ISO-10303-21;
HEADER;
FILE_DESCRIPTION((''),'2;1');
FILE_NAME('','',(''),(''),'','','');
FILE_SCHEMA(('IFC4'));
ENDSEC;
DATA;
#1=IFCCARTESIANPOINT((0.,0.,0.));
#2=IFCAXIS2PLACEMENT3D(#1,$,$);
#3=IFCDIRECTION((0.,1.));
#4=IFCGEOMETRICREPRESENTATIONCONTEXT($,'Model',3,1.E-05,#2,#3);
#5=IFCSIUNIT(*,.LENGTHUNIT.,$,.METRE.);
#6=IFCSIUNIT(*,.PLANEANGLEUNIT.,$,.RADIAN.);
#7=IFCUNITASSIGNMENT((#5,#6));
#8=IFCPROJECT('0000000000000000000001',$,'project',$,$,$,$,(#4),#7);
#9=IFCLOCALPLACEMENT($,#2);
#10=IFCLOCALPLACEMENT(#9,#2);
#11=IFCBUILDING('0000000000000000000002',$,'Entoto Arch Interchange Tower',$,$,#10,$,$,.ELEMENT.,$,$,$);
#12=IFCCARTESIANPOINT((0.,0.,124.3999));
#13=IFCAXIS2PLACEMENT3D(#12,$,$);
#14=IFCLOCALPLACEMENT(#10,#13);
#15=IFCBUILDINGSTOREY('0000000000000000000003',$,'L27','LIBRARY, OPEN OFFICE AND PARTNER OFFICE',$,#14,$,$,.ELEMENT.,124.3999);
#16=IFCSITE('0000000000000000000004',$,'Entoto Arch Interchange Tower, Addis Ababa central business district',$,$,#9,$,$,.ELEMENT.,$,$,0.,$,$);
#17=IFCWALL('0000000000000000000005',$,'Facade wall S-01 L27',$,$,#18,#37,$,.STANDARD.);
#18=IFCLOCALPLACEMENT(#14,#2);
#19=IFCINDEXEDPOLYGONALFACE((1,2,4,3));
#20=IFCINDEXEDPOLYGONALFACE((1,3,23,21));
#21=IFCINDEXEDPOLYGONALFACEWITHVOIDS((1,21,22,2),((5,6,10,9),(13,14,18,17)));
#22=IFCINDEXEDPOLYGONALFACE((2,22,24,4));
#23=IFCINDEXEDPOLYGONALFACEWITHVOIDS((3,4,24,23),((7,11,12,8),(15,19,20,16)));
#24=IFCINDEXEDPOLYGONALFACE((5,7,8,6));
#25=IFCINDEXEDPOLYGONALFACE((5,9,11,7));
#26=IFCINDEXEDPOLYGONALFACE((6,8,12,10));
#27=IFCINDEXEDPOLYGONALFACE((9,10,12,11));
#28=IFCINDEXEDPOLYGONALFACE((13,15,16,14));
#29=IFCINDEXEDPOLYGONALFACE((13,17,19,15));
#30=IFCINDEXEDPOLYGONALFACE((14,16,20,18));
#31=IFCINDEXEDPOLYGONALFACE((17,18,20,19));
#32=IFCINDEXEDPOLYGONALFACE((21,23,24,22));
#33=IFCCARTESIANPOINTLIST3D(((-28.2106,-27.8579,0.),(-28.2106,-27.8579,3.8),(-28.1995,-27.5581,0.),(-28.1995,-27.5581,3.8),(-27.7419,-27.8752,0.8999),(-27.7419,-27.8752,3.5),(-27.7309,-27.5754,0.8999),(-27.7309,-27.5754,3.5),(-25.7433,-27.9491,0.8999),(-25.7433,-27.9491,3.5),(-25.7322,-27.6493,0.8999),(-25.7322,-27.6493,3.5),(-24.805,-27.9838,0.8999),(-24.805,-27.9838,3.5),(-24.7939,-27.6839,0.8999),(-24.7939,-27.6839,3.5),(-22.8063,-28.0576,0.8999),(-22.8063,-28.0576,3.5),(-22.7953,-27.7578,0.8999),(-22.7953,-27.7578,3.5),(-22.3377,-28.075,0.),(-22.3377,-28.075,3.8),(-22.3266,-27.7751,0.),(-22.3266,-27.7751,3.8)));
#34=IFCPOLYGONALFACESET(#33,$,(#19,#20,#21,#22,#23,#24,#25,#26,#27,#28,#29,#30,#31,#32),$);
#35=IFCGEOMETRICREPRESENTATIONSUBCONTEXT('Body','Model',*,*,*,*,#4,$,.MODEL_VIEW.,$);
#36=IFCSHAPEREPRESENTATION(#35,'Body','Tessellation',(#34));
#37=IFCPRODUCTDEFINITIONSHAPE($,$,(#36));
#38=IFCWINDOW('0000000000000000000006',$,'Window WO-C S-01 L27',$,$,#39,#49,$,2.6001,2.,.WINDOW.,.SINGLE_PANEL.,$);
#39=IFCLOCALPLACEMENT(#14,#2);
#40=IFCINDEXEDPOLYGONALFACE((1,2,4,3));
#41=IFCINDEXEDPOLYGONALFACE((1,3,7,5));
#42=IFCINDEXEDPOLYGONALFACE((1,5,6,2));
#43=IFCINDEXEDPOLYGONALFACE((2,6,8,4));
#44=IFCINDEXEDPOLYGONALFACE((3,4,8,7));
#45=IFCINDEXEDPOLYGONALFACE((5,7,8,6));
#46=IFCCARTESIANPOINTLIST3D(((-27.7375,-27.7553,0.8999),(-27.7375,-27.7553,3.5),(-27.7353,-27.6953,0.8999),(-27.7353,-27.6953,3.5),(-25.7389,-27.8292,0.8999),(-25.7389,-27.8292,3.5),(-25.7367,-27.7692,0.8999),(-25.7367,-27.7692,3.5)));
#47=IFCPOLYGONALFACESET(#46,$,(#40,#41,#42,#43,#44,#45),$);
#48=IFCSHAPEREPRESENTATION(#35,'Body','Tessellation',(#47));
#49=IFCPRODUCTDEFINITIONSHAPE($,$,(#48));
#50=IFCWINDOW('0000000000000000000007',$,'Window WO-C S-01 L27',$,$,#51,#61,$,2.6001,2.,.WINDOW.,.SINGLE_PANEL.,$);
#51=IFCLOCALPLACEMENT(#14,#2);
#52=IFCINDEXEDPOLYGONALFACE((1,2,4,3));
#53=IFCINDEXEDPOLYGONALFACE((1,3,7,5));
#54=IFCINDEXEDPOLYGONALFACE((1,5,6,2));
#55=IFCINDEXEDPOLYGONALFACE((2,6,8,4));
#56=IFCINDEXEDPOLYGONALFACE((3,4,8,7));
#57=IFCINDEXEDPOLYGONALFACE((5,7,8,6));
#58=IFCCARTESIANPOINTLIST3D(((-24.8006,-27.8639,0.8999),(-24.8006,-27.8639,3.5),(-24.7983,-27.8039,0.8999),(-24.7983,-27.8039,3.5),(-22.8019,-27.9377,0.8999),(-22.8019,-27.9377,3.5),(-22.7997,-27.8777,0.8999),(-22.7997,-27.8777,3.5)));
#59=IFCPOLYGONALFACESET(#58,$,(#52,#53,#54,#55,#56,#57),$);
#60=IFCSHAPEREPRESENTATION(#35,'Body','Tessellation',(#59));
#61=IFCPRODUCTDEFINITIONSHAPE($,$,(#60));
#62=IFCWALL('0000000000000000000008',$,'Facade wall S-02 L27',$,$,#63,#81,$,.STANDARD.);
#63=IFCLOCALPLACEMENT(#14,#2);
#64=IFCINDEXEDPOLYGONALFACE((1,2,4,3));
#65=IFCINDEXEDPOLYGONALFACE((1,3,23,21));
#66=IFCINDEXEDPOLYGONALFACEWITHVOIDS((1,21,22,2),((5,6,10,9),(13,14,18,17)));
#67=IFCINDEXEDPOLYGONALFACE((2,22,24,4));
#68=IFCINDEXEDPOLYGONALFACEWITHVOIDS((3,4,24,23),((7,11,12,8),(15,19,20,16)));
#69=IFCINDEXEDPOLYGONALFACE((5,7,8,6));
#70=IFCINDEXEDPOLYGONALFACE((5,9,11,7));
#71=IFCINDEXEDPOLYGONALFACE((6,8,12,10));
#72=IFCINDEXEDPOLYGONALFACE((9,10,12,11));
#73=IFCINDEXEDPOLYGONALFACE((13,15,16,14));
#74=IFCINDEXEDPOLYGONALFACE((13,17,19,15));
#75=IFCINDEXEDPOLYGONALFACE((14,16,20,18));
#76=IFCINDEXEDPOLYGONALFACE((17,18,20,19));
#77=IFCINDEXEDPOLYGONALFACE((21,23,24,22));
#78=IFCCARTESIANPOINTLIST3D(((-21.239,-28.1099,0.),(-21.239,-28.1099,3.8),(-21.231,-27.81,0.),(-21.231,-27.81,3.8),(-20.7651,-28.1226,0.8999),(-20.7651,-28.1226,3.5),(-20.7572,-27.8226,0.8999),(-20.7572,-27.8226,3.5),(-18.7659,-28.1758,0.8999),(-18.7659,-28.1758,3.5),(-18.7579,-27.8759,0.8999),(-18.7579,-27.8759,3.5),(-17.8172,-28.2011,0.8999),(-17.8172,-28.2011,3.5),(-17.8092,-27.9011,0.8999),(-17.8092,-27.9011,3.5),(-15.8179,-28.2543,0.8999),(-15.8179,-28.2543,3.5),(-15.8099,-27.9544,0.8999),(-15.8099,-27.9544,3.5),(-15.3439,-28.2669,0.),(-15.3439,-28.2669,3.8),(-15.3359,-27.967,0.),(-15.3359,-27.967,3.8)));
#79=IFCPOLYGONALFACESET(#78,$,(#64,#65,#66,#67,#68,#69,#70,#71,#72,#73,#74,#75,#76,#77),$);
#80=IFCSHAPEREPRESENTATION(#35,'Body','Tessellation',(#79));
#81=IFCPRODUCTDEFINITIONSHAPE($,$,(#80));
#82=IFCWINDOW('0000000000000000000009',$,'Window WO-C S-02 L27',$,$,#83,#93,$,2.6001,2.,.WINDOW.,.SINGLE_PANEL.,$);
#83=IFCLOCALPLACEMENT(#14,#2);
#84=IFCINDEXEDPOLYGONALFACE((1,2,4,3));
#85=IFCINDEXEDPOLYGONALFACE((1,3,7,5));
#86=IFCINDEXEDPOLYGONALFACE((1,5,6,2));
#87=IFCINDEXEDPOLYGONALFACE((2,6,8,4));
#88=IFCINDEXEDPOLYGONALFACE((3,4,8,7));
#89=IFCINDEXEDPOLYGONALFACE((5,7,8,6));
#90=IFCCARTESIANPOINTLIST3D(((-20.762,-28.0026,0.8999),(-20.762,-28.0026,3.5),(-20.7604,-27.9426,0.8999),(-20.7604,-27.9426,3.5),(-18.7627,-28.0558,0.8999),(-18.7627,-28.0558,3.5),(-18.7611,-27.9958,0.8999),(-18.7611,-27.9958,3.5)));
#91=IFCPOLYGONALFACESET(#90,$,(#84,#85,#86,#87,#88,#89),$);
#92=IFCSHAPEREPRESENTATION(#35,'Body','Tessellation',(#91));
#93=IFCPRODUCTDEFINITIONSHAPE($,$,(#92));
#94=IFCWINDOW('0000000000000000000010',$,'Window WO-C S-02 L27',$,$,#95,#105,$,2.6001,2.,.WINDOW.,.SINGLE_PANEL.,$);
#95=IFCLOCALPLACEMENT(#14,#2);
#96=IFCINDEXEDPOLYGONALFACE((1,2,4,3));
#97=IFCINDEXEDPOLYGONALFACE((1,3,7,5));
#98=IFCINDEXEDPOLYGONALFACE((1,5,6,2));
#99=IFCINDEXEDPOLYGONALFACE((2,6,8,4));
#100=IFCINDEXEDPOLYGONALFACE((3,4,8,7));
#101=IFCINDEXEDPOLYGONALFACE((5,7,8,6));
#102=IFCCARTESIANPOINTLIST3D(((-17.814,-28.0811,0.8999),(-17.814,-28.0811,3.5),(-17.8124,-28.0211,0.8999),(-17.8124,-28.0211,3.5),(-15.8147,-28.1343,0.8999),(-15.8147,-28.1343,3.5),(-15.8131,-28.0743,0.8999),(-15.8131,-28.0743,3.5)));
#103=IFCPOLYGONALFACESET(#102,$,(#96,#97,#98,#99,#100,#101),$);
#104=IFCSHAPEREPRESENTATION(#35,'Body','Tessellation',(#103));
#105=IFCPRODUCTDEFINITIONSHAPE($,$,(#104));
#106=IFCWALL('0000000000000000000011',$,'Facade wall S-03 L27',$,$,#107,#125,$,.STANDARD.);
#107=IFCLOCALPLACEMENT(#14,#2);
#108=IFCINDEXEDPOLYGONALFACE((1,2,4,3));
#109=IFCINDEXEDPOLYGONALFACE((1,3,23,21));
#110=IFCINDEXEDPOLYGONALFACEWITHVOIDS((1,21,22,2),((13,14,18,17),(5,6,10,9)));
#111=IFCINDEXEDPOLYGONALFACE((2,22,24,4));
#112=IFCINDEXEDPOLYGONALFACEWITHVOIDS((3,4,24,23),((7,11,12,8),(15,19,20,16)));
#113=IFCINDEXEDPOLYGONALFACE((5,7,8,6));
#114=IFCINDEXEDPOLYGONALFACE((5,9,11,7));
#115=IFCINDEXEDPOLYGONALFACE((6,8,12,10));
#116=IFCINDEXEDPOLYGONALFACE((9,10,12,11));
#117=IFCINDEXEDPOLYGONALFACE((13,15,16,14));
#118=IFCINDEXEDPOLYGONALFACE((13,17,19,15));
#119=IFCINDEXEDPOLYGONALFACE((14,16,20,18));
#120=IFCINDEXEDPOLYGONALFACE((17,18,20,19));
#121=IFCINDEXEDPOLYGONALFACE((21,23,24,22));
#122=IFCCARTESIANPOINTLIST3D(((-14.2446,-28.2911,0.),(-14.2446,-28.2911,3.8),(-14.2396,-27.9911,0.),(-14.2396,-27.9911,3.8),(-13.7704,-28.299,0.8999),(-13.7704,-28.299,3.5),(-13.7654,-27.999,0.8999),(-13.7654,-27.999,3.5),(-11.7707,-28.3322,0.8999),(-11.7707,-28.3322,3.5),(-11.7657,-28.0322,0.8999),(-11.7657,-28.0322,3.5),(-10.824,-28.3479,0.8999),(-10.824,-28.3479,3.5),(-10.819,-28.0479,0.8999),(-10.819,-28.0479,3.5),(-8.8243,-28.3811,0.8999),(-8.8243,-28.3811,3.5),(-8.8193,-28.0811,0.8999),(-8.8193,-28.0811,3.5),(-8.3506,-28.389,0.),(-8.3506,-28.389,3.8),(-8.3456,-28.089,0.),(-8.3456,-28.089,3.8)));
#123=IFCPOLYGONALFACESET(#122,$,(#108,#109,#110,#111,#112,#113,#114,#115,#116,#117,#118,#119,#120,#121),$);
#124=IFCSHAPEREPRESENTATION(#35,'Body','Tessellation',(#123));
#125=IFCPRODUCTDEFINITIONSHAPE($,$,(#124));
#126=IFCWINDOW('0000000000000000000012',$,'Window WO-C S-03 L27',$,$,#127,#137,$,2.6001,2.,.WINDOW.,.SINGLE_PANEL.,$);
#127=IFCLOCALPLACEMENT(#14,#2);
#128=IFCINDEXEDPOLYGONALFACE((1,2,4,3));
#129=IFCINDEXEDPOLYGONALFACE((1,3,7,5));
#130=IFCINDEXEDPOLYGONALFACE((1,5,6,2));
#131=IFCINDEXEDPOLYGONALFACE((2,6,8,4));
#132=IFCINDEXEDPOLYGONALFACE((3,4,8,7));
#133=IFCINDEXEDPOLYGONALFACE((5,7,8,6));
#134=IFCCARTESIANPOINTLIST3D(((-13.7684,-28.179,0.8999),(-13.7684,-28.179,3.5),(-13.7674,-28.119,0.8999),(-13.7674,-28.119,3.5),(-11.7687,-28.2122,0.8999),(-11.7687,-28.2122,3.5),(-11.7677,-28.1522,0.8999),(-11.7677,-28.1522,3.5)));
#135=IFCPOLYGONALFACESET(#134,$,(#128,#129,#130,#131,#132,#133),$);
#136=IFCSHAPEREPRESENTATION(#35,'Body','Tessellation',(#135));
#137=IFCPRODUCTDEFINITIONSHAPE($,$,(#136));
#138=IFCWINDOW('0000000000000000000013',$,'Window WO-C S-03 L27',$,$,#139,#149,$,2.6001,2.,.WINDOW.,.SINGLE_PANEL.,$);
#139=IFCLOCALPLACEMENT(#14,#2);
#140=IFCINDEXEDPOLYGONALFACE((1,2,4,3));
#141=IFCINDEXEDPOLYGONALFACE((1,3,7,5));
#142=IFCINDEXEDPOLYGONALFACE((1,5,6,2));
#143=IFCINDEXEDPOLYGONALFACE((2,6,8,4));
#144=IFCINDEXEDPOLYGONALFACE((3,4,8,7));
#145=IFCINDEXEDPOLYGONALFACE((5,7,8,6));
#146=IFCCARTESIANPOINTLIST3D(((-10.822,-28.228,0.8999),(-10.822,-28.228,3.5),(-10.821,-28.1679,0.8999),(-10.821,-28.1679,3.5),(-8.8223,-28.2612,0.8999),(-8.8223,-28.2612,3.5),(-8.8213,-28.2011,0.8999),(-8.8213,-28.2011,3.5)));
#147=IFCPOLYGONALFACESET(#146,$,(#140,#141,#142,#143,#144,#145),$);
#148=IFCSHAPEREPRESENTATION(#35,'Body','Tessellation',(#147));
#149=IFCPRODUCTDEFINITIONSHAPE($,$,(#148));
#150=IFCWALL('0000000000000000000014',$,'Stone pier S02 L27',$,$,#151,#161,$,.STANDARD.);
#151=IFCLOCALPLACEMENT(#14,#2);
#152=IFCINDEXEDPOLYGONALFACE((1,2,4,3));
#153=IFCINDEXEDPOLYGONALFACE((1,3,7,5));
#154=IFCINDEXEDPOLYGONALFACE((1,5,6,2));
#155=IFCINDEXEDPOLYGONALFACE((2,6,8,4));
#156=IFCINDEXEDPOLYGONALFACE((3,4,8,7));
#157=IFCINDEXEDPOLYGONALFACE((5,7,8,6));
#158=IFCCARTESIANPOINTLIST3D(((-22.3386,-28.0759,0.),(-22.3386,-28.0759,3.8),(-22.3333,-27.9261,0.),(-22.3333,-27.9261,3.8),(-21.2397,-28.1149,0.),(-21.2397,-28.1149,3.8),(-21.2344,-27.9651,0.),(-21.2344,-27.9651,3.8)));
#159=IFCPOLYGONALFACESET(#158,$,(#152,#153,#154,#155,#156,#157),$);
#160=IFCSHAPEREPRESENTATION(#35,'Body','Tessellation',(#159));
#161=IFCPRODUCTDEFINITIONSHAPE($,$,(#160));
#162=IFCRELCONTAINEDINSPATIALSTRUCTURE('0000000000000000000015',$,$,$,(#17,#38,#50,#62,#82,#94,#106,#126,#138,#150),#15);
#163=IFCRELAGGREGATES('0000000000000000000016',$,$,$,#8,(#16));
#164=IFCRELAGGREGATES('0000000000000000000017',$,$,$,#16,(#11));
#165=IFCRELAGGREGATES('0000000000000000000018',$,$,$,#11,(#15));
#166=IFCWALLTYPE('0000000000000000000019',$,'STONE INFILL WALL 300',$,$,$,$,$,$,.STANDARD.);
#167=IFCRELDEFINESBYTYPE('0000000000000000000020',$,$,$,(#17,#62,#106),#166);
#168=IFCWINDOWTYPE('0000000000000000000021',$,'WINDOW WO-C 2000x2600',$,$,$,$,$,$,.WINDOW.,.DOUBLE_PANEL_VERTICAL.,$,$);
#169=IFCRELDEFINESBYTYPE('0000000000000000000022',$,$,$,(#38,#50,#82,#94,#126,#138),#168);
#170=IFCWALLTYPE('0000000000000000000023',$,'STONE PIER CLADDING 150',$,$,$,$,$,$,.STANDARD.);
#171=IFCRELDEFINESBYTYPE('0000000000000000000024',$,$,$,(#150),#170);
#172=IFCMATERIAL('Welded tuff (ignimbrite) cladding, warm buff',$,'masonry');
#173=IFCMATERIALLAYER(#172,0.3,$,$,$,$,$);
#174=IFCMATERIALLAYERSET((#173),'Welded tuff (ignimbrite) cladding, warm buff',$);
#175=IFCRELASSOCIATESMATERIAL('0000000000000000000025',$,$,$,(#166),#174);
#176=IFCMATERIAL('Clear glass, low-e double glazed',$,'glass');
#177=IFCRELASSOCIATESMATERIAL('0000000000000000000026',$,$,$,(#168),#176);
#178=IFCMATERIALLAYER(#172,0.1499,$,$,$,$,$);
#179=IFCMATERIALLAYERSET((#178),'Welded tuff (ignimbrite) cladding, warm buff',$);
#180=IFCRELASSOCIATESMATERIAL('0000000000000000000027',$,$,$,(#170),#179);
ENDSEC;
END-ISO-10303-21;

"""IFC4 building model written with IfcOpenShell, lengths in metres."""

from ifc_helpers import new_model, si_unit, direction, frame, frame_2d, origin, place, context, subcontext, project, spatial, rectangle, extrude, material, layer, layer_set, type_object, element, fill, save


model = new_model("IFC4")

# Units and contexts
model_context = context("Model", 3, precision=1e-05, world=origin(), true_north=direction((0.0, 1.0)))
body_context = subcontext(model_context, "Body", "Model", "MODEL_VIEW")
ifc_project = project(units=[si_unit("LENGTHUNIT", "METRE"), si_unit("PLANEANGLEUNIT", "RADIAN")], contexts=[model_context])

# Site, building, storey
site_placement = place(None, origin())
site = spatial("IfcSite", under=ifc_project, at=site_placement, Name="Entoto Arch Interchange Tower, Addis Ababa central business district", CompositionType="ELEMENT", RefElevation=0.0)
building_placement = place(site_placement, origin())
building = spatial("IfcBuilding", under=site, at=building_placement, Name="Entoto Arch Interchange Tower", CompositionType="ELEMENT")
storey_placement = place(building_placement, frame((0.0, 0.0, 124.3999)))
storey = spatial("IfcBuildingStorey", under=building, at=storey_placement, Name="L27", Description="LIBRARY, OPEN OFFICE AND PARTNER OFFICE", CompositionType="ELEMENT", Elevation=124.3999)

# Walls, openings, windows
ifc_material_1 = material(Name="Welded tuff (ignimbrite) cladding, warm buff", Category="masonry")
ifc_layer_1 = layer(ifc_material_1, 0.3)
ifc_layer_set_1 = layer_set([ifc_layer_1], Name="Welded tuff (ignimbrite) cladding, warm buff")
wall_type_1 = type_object("IfcWallType", Name="STONE INFILL WALL 300", PredefinedType="STANDARD", material=ifc_layer_set_1)
wall_1_placement = place(storey_placement, frame((-28.2051, -27.708, 0.0), z_axis=(0.0, 0.0, 1.0), x_axis=(0.999318, -0.03693, 0.0)))
wall_1 = element("IfcWall", 1, at=wall_1_placement, inside=storey, type_object=wall_type_1, Name="Facade wall S-01 L27", PredefinedType="STANDARD", context=body_context, shape_type="SweptSolid", body=[
    extrude(rectangle(XDim=5.877, YDim=0.3, at=frame_2d((2.9385, 0.0))), origin(), (0.0, 0.0, 1.0), 3.8),
])
opening_1_placement = place(wall_1_placement, frame((0.469, 0.0, 0.8999)))
opening_1 = element("IfcOpeningElement", 2, at=opening_1_placement, cuts=wall_1, PredefinedType="OPENING", context=body_context, shape_type="SweptSolid", body=[
    extrude(rectangle(XDim=2.0, YDim=2.6001, at=frame_2d((1.0, 1.3))), frame((0.0, 0.1602, 0.0), z_axis=(0.0, -1.0, 0.0), x_axis=(1.0, 0.0, 0.0)), (0.0, 0.0, 1.0), 0.3201),
])
opening_2_placement = place(wall_1_placement, frame((3.408, 0.0, 0.8999)))
opening_2 = element("IfcOpeningElement", 3, at=opening_2_placement, cuts=wall_1, PredefinedType="OPENING", context=body_context, shape_type="SweptSolid", body=[
    extrude(rectangle(XDim=2.0, YDim=2.6001, at=frame_2d((1.0, 1.3))), frame((0.0, 0.1602, 0.0), z_axis=(0.0, -1.0, 0.0), x_axis=(1.0, 0.0, 0.0)), (0.0, 0.0, 1.0), 0.3201),
])
ifc_material_2 = material(Name="Clear glass, low-e double glazed", Category="glass")
window_type = type_object("IfcWindowType", Name="WINDOW WO-C 2000x2600", PartitioningType="DOUBLE_PANEL_VERTICAL", PredefinedType="WINDOW", material=ifc_material_2)
window_1_placement = place(opening_1_placement, origin())
window_1 = element("IfcWindow", 4, at=window_1_placement, inside=storey, type_object=window_type, Name="Window WO-C S-01 L27", OverallHeight=2.6001, OverallWidth=2.0, PartitioningType="SINGLE_PANEL", PredefinedType="WINDOW", context=body_context, shape_type="SweptSolid", body=[
    extrude(rectangle(XDim=2.0, YDim=2.6001, at=frame_2d((1.0, 1.3))), frame((0.0, 0.03, 0.0), z_axis=(0.0, -1.0, 0.0), x_axis=(1.0, 0.0, 0.0)), (0.0, 0.0, 1.0), 0.0601),
])
fill(opening_1, window_1)
window_2_placement = place(opening_2_placement, origin())
window_2 = element("IfcWindow", 5, at=window_2_placement, inside=storey, type_object=window_type, Name="Window WO-C S-01 L27", OverallHeight=2.6001, OverallWidth=2.0, PartitioningType="SINGLE_PANEL", PredefinedType="WINDOW", context=body_context, shape_type="SweptSolid", body=[
    extrude(rectangle(XDim=2.0, YDim=2.6001, at=frame_2d((1.0, 1.3))), frame((0.0, 0.03, 0.0), z_axis=(0.0, -1.0, 0.0), x_axis=(1.0, 0.0, 0.0)), (0.0, 0.0, 1.0), 0.0601),
])
fill(opening_2, window_2)
wall_2_placement = place(storey_placement, frame((-21.2351, -27.96, 0.0), z_axis=(0.0, 0.0, 1.0), x_axis=(0.999646, -0.02662, 0.0)))
wall_2 = element("IfcWall", 6, at=wall_2_placement, inside=storey, type_object=wall_type_1, Name="Facade wall S-02 L27", PredefinedType="STANDARD", context=body_context, shape_type="SweptSolid", body=[
    extrude(rectangle(XDim=5.8972, YDim=0.3, at=frame_2d((2.9487, 0.0))), origin(), (0.0, 0.0, 1.0), 3.8),
])
opening_3_placement = place(wall_2_placement, frame((0.4741, 0.0, 0.8999)))
opening_3 = element("IfcOpeningElement", 7, at=opening_3_placement, cuts=wall_2, PredefinedType="OPENING", context=body_context, shape_type="SweptSolid", body=[
    extrude(rectangle(XDim=2.0, YDim=2.6001, at=frame_2d((1.0, 1.3))), frame((0.0, 0.1602, 0.0), z_axis=(0.0, -1.0, 0.0), x_axis=(1.0, 0.0, 0.0)), (0.0, 0.0, 1.0), 0.3201),
])
opening_4_placement = place(wall_2_placement, frame((3.4231, 0.0, 0.8999)))
opening_4 = element("IfcOpeningElement", 8, at=opening_4_placement, cuts=wall_2, PredefinedType="OPENING", context=body_context, shape_type="SweptSolid", body=[
    extrude(rectangle(XDim=2.0, YDim=2.6001, at=frame_2d((1.0, 1.3))), frame((0.0, 0.1602, 0.0), z_axis=(0.0, -1.0, 0.0), x_axis=(1.0, 0.0, 0.0)), (0.0, 0.0, 1.0), 0.3201),
])
window_3_placement = place(opening_3_placement, origin())
window_3 = element("IfcWindow", 9, at=window_3_placement, inside=storey, type_object=window_type, Name="Window WO-C S-02 L27", OverallHeight=2.6001, OverallWidth=2.0, PartitioningType="SINGLE_PANEL", PredefinedType="WINDOW", context=body_context, shape_type="SweptSolid", body=[
    extrude(rectangle(XDim=2.0, YDim=2.6001, at=frame_2d((1.0, 1.3))), frame((0.0, 0.03, 0.0), z_axis=(0.0, -1.0, 0.0), x_axis=(1.0, 0.0, 0.0)), (0.0, 0.0, 1.0), 0.0601),
])
fill(opening_3, window_3)
window_4_placement = place(opening_4_placement, origin())
window_4 = element("IfcWindow", 10, at=window_4_placement, inside=storey, type_object=window_type, Name="Window WO-C S-02 L27", OverallHeight=2.6001, OverallWidth=2.0, PartitioningType="SINGLE_PANEL", PredefinedType="WINDOW", context=body_context, shape_type="SweptSolid", body=[
    extrude(rectangle(XDim=2.0, YDim=2.6001, at=frame_2d((1.0, 1.3))), frame((0.0, 0.03, 0.0), z_axis=(0.0, -1.0, 0.0), x_axis=(1.0, 0.0, 0.0)), (0.0, 0.0, 1.0), 0.0601),
])
fill(opening_4, window_4)
wall_3_placement = place(storey_placement, frame((-14.2419, -28.1411, 0.0), z_axis=(0.0, 0.0, 1.0), x_axis=(0.999862, -0.016608, 0.0)))
wall_3 = element("IfcWall", 11, at=wall_3_placement, inside=storey, type_object=wall_type_1, Name="Facade wall S-03 L27", PredefinedType="STANDARD", context=body_context, shape_type="SweptSolid", body=[
    extrude(rectangle(XDim=5.8948, YDim=0.3, at=frame_2d((2.9473, 0.0))), origin(), (0.0, 0.0, 1.0), 3.8),
])
opening_5_placement = place(wall_3_placement, frame((0.4741, 0.0, 0.8999)))
opening_5 = element("IfcOpeningElement", 12, at=opening_5_placement, cuts=wall_3, PredefinedType="OPENING", context=body_context, shape_type="SweptSolid", body=[
    extrude(rectangle(XDim=2.0, YDim=2.6001, at=frame_2d((1.0, 1.3))), frame((0.0, 0.1602, 0.0), z_axis=(0.0, -1.0, 0.0), x_axis=(1.0, 0.0, 0.0)), (0.0, 0.0, 1.0), 0.3201),
])
opening_6_placement = place(wall_3_placement, frame((3.4209, 0.0, 0.8999)))
opening_6 = element("IfcOpeningElement", 13, at=opening_6_placement, cuts=wall_3, PredefinedType="OPENING", context=body_context, shape_type="SweptSolid", body=[
    extrude(rectangle(XDim=2.0, YDim=2.6001, at=frame_2d((1.0, 1.3))), frame((0.0, 0.1602, 0.0), z_axis=(0.0, -1.0, 0.0), x_axis=(1.0, 0.0, 0.0)), (0.0, 0.0, 1.0), 0.3201),
])
window_5_placement = place(opening_5_placement, origin())
window_5 = element("IfcWindow", 14, at=window_5_placement, inside=storey, type_object=window_type, Name="Window WO-C S-03 L27", OverallHeight=2.6001, OverallWidth=2.0, PartitioningType="SINGLE_PANEL", PredefinedType="WINDOW", context=body_context, shape_type="SweptSolid", body=[
    extrude(rectangle(XDim=2.0, YDim=2.6001, at=frame_2d((1.0, 1.3))), frame((0.0, 0.03, 0.0), z_axis=(0.0, -1.0, 0.0), x_axis=(1.0, 0.0, 0.0)), (0.0, 0.0, 1.0), 0.0601),
])
fill(opening_5, window_5)
window_6_placement = place(opening_6_placement, origin())
window_6 = element("IfcWindow", 15, at=window_6_placement, inside=storey, type_object=window_type, Name="Window WO-C S-03 L27", OverallHeight=2.6001, OverallWidth=2.0, PartitioningType="SINGLE_PANEL", PredefinedType="WINDOW", context=body_context, shape_type="SweptSolid", body=[
    extrude(rectangle(XDim=2.0, YDim=2.6001, at=frame_2d((1.0, 1.3))), frame((0.0, 0.03, 0.0), z_axis=(0.0, -1.0, 0.0), x_axis=(1.0, 0.0, 0.0)), (0.0, 0.0, 1.0), 0.0601),
])
fill(opening_6, window_6)

# Wall
ifc_layer_2 = layer(ifc_material_1, 0.1499)
ifc_layer_set_2 = layer_set([ifc_layer_2], Name="Welded tuff (ignimbrite) cladding, warm buff")
wall_type_2 = type_object("IfcWallType", Name="STONE PIER CLADDING 150", PredefinedType="STANDARD", material=ifc_layer_set_2)
wall_4_placement = place(storey_placement, frame((-22.3359, -28.001, 0.0), z_axis=(0.0, 0.0, 1.0), x_axis=(0.999369, -0.035525, 0.0)))
element("IfcWall", 16, at=wall_4_placement, inside=storey, type_object=wall_type_2, Name="Stone pier S02 L27", PredefinedType="STANDARD", context=body_context, shape_type="SweptSolid", body=[
    extrude(rectangle(XDim=1.0996, YDim=0.1499, at=frame_2d((0.5498, 0.0))), origin(), (0.0, 0.0, 1.0), 3.8),
])

save(model, "model.ifc")
